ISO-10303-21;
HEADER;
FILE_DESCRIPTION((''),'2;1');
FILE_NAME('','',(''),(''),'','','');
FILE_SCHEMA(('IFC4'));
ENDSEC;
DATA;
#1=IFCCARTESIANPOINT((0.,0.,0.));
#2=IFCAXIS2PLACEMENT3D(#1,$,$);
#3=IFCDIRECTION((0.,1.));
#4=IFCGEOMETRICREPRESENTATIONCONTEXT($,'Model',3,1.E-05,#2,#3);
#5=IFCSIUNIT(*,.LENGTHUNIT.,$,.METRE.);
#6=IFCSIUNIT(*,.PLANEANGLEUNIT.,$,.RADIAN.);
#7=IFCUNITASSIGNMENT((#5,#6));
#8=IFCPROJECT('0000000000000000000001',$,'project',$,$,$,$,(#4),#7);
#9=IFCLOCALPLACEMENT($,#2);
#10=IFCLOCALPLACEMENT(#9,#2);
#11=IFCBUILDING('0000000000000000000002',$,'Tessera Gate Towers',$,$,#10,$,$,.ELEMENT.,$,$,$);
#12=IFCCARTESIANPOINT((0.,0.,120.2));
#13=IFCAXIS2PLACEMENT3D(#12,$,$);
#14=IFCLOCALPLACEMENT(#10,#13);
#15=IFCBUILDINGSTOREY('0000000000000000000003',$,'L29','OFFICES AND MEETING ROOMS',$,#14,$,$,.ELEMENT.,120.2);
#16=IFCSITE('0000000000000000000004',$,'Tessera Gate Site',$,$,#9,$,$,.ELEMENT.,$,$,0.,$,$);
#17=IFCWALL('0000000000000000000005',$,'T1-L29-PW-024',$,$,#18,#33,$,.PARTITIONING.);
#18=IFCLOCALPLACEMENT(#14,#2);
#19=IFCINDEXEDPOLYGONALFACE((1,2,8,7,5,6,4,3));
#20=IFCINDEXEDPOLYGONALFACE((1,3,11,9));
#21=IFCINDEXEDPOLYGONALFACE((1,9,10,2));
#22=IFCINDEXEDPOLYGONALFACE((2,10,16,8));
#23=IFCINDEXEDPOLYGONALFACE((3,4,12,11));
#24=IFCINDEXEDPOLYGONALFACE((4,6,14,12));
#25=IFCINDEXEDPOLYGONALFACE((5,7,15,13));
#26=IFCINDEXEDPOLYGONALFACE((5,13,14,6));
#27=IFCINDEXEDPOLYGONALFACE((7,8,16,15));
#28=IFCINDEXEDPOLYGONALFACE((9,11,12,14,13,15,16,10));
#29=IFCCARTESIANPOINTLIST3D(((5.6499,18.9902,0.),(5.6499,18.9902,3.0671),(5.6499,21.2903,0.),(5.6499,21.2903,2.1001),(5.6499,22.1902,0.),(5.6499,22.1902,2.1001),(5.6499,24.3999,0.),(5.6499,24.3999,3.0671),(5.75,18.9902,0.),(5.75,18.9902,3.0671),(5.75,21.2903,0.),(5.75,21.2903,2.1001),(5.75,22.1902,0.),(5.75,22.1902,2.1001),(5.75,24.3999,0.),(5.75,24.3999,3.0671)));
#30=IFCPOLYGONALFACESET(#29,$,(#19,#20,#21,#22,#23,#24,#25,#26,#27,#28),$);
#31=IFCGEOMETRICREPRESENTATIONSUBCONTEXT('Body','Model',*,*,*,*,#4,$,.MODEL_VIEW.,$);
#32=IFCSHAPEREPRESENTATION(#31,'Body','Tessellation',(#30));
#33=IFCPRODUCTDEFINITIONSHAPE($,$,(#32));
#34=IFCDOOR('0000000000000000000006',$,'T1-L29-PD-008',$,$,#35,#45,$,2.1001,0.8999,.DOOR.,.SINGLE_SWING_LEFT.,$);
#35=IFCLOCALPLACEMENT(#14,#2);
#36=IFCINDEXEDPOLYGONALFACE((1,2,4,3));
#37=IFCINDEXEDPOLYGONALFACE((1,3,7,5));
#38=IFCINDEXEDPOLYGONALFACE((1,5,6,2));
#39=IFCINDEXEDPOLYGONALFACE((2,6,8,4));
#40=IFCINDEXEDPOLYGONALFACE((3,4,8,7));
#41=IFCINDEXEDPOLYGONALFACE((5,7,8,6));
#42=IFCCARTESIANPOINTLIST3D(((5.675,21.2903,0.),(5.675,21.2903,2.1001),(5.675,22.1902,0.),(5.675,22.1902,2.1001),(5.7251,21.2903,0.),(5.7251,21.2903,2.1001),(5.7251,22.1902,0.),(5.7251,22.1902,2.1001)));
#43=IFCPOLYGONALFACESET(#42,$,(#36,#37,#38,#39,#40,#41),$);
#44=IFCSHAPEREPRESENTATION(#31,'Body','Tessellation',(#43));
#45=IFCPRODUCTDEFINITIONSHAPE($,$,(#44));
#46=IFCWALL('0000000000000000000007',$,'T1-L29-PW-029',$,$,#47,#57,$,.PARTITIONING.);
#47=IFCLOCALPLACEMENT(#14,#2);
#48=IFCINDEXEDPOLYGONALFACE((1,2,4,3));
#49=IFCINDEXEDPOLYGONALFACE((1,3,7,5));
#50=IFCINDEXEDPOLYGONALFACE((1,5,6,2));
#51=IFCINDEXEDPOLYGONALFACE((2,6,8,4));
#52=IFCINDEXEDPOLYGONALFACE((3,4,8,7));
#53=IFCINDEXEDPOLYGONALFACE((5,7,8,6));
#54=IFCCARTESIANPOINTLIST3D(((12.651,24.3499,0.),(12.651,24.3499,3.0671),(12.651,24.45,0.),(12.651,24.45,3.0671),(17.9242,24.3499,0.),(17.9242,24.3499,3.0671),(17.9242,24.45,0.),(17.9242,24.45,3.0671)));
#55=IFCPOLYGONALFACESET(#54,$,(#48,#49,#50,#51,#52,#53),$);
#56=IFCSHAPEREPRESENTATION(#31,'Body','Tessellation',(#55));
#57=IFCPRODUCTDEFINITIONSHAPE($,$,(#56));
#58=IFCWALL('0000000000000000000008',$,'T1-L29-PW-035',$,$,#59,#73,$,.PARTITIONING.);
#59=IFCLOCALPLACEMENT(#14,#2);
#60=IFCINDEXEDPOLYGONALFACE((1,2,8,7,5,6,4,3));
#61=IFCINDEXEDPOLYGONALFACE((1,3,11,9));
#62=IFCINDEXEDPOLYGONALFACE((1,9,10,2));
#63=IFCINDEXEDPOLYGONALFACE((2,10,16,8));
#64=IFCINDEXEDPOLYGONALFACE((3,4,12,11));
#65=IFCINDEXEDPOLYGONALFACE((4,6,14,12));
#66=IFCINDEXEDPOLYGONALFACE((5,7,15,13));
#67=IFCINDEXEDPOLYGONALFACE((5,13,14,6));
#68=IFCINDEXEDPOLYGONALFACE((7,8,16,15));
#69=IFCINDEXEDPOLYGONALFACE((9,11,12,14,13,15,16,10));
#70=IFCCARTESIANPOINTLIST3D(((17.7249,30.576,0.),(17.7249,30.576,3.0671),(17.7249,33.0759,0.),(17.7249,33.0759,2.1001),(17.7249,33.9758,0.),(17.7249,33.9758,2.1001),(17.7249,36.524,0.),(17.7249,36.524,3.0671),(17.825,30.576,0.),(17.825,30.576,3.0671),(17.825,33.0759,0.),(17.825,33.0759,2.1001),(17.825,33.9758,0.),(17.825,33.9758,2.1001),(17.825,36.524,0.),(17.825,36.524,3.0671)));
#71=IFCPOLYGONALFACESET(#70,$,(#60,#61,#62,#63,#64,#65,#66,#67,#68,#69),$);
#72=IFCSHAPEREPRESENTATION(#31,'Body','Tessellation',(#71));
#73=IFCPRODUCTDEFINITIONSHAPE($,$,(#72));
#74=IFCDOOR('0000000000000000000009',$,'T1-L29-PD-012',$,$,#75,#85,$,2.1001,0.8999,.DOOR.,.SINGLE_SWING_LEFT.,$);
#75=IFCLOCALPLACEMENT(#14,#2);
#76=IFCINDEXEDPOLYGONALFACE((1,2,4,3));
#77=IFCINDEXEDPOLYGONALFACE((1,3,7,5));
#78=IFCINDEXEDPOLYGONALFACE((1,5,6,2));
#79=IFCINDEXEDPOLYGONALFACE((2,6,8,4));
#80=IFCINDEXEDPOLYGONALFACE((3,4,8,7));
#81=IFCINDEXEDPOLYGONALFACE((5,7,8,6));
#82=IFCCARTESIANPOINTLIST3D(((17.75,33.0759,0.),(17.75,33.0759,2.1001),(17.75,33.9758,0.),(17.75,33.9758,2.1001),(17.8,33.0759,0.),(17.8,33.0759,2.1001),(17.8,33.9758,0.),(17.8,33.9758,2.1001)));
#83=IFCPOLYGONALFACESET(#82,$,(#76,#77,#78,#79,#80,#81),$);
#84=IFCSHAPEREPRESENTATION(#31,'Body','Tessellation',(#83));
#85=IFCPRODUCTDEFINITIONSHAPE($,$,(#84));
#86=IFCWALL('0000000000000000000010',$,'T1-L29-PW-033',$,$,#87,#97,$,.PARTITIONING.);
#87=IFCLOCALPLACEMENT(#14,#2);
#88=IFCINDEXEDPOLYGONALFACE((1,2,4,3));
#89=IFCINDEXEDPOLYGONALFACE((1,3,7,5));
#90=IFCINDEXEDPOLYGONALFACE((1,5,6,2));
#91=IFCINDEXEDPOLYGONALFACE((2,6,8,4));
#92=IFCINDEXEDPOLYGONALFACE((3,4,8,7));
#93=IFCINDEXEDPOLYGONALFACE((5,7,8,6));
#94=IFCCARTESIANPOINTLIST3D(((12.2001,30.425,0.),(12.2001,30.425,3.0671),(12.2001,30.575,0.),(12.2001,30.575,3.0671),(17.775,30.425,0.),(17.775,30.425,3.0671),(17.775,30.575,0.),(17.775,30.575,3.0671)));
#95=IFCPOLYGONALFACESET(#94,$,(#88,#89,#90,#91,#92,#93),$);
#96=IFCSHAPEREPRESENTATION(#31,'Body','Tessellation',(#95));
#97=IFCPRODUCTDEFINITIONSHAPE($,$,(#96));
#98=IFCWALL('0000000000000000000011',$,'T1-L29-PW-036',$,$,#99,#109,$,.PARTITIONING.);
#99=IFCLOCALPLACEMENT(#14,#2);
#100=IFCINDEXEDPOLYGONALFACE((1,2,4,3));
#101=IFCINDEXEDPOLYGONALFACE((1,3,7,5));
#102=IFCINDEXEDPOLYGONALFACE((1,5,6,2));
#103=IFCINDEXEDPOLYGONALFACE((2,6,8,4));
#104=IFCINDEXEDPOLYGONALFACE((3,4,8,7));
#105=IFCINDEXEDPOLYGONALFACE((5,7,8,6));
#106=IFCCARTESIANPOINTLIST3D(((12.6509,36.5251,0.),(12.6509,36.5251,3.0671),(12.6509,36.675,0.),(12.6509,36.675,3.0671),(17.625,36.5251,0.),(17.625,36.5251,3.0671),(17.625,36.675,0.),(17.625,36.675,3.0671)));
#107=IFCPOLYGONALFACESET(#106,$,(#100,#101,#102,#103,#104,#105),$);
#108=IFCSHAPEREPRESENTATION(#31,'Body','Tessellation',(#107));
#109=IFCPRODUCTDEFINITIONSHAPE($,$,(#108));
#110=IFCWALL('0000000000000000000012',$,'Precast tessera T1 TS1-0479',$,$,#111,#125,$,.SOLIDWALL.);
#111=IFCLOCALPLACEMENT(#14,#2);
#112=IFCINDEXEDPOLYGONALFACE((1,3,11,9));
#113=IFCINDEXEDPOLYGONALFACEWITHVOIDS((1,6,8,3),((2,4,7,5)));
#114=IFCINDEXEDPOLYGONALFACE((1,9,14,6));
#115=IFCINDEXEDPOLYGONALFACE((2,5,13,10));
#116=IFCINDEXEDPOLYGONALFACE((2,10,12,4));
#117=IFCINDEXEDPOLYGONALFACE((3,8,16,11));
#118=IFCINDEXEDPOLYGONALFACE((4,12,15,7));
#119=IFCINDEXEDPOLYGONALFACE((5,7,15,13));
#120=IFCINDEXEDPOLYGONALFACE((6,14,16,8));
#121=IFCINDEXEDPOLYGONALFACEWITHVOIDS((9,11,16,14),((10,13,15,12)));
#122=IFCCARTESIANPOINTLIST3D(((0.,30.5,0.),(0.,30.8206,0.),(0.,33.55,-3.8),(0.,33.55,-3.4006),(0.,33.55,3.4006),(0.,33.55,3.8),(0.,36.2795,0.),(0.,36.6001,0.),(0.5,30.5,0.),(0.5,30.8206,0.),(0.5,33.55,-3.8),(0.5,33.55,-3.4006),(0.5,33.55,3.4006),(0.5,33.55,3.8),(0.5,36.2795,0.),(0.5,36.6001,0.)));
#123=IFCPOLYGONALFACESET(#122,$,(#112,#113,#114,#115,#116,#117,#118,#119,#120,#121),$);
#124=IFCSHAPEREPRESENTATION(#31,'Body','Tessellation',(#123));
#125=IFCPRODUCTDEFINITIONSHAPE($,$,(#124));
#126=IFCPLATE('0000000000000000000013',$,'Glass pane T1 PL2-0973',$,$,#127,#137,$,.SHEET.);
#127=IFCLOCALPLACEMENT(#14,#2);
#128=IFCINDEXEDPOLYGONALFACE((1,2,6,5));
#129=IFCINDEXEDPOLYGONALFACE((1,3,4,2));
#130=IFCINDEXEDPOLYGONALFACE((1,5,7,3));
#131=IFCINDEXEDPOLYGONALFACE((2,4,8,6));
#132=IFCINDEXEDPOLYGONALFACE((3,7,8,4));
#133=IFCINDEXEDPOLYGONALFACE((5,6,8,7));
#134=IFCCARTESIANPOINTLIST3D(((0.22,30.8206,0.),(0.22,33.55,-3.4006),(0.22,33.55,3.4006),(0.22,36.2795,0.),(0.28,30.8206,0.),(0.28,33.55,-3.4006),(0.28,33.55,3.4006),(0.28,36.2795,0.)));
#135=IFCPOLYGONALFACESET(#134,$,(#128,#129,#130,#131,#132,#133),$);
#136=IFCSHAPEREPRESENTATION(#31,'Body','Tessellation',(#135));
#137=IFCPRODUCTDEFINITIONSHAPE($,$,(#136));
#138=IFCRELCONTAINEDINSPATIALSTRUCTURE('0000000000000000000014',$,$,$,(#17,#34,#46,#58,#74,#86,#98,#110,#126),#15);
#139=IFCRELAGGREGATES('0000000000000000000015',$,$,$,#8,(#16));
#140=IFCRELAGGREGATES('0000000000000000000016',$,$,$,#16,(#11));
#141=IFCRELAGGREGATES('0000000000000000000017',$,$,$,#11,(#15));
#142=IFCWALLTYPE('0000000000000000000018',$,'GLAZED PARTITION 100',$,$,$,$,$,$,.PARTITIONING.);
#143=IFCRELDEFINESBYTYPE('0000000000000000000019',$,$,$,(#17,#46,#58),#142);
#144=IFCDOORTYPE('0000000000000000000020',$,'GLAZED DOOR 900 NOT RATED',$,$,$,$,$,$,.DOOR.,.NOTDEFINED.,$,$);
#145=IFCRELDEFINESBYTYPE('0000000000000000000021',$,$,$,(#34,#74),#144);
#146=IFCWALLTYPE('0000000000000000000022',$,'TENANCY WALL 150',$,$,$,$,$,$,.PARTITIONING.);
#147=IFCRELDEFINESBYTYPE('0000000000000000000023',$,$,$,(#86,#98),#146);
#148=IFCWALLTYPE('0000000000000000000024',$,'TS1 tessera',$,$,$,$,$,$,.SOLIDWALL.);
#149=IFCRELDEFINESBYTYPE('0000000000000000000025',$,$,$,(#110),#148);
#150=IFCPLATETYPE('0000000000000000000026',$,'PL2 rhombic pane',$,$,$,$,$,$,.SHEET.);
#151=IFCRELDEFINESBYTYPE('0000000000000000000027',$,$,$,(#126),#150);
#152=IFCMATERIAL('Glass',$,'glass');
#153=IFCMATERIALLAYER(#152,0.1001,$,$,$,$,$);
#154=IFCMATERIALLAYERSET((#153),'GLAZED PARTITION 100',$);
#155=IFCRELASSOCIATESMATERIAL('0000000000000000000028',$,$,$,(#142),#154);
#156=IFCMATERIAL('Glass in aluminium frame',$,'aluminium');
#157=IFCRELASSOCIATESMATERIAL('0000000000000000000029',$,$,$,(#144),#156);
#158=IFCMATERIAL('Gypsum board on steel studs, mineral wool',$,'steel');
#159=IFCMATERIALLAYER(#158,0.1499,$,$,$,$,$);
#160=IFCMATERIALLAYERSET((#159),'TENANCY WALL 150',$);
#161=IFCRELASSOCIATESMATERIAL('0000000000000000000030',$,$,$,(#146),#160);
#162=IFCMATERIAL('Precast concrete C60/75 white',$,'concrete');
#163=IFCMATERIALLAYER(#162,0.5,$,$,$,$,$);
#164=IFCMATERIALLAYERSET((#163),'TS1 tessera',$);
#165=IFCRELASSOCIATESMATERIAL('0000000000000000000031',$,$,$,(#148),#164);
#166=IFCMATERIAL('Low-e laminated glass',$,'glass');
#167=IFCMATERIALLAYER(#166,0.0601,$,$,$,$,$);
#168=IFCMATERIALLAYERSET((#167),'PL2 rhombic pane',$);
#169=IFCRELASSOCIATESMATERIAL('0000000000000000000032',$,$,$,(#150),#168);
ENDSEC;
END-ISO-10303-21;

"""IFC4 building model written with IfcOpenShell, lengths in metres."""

from ifc_helpers import new_model, si_unit, direction, frame, frame_2d, origin, place, context, subcontext, project, spatial, polyline, rectangle, outline, extrude, source, transform, mapped, material, layer, layer_set, type_object, element, fill, save


model = new_model("IFC4")

# Units and contexts
model_context = context("Model", 3, precision=1e-05, world=origin(), true_north=direction((0.0, 1.0)))
body_context = subcontext(model_context, "Body", "Model", "MODEL_VIEW")
ifc_project = project(units=[si_unit("LENGTHUNIT", "METRE"), si_unit("PLANEANGLEUNIT", "RADIAN")], contexts=[model_context])

# Site, building, storey
site_placement = place(None, origin())
site = spatial("IfcSite", under=ifc_project, at=site_placement, Name="Tessera Gate Site", CompositionType="ELEMENT", RefElevation=0.0)
building_placement = place(site_placement, origin())
building = spatial("IfcBuilding", under=site, at=building_placement, Name="Tessera Gate Towers", CompositionType="ELEMENT")
storey_placement = place(building_placement, frame((0.0, 0.0, 120.2)))
storey = spatial("IfcBuildingStorey", under=building, at=storey_placement, Name="L29", Description="OFFICES AND MEETING ROOMS", CompositionType="ELEMENT", Elevation=120.2)

# Wall, opening, door
ifc_material_1 = material(Name="Glass", Category="glass")
ifc_layer_1 = layer(ifc_material_1, 0.1001)
ifc_layer_set_1 = layer_set([ifc_layer_1], Name="GLAZED PARTITION 100")
wall_type_1 = type_object("IfcWallType", Name="GLAZED PARTITION 100", PredefinedType="PARTITIONING", material=ifc_layer_set_1)
wall_1_placement = place(storey_placement, frame((5.7, 18.9902, 0.0), z_axis=(0.0, 0.0, 1.0), x_axis=(0.0, 1.0, 0.0)))
wall_1 = element("IfcWall", 1, at=wall_1_placement, inside=storey, type_object=wall_type_1, Name="T1-L29-PW-024", PredefinedType="PARTITIONING", context=body_context, shape_type="SweptSolid", body=[
    extrude(rectangle(XDim=5.4097, YDim=0.1001, at=frame_2d((2.7048, 0.0))), origin(), (0.0, 0.0, 1.0), 3.0671),
])
shared_shape_1 = source(origin(), body_context, "Body", "SweptSolid", [
    extrude(rectangle(XDim=0.8999, YDim=2.1001, at=frame_2d((0.45, 1.05))), frame((0.0, 0.0601, 0.0), z_axis=(0.0, -1.0, 0.0), x_axis=(1.0, 0.0, 0.0)), (0.0, 0.0, 1.0), 0.1201),
])
opening_1_placement = place(wall_1_placement, frame((2.3, 0.0, 0.0)))
opening_1 = element("IfcOpeningElement", 2, at=opening_1_placement, cuts=wall_1, PredefinedType="OPENING", context=body_context, shape_type="MappedRepresentation", body=[
    mapped(shared_shape_1, transform((0.0, 0.0, 0.0), scale=1.0)),
])
ifc_material_2 = material(Name="Glass in aluminium frame", Category="aluminium")
door_type = type_object("IfcDoorType", Name="GLAZED DOOR 900 NOT RATED", OperationType="NOTDEFINED", PredefinedType="DOOR", material=ifc_material_2)
shared_shape_2 = source(origin(), body_context, "Body", "SweptSolid", [
    extrude(rectangle(XDim=0.8999, YDim=2.1001, at=frame_2d((0.45, 1.05))), frame((0.0, 0.0249, 0.0), z_axis=(0.0, -1.0, 0.0), x_axis=(1.0, 0.0, 0.0)), (0.0, 0.0, 1.0), 0.05),
])
door_1_placement = place(opening_1_placement, origin())
door_1 = element("IfcDoor", 3, at=door_1_placement, inside=storey, type_object=door_type, Name="T1-L29-PD-008", OperationType="SINGLE_SWING_LEFT", OverallHeight=2.1001, OverallWidth=0.8999, PredefinedType="DOOR", context=body_context, shape_type="MappedRepresentation", body=[
    mapped(shared_shape_2, transform((0.0, 0.0, 0.0), scale=1.0)),
])
fill(opening_1, door_1)

# Wall
wall_2_placement = place(storey_placement, frame((12.6509, 24.3999, 0.0), z_axis=(0.0, 0.0, 1.0), x_axis=(1.0, 0.0, 0.0)))
element("IfcWall", 4, at=wall_2_placement, inside=storey, type_object=wall_type_1, Name="T1-L29-PW-029", PredefinedType="PARTITIONING", context=body_context, shape_type="SweptSolid", body=[
    extrude(rectangle(XDim=5.2732, YDim=0.1001, at=frame_2d((2.6367, 0.0))), origin(), (0.0, 0.0, 1.0), 3.0671),
])

# Wall, opening, door
wall_3_placement = place(storey_placement, frame((17.7749, 30.5759, 0.0), z_axis=(0.0, 0.0, 1.0), x_axis=(0.0, 1.0, 0.0)))
wall_3 = element("IfcWall", 5, at=wall_3_placement, inside=storey, type_object=wall_type_1, Name="T1-L29-PW-035", PredefinedType="PARTITIONING", context=body_context, shape_type="SweptSolid", body=[
    extrude(rectangle(XDim=5.948, YDim=0.1001, at=frame_2d((2.9741, 0.0))), origin(), (0.0, 0.0, 1.0), 3.0671),
])
opening_2_placement = place(wall_3_placement, frame((2.5, 0.0, 0.0)))
opening_2 = element("IfcOpeningElement", 6, at=opening_2_placement, cuts=wall_3, PredefinedType="OPENING", context=body_context, shape_type="MappedRepresentation", body=[
    mapped(shared_shape_1, transform((0.0, 0.0, 0.0), scale=1.0)),
])
door_2_placement = place(opening_2_placement, origin())
door_2 = element("IfcDoor", 7, at=door_2_placement, inside=storey, type_object=door_type, Name="T1-L29-PD-012", OperationType="SINGLE_SWING_LEFT", OverallHeight=2.1001, OverallWidth=0.8999, PredefinedType="DOOR", context=body_context, shape_type="MappedRepresentation", body=[
    mapped(shared_shape_2, transform((0.0, 0.0, 0.0), scale=1.0)),
])
fill(opening_2, door_2)

# Walls
ifc_material_3 = material(Name="Gypsum board on steel studs, mineral wool", Category="steel")
ifc_layer_2 = layer(ifc_material_3, 0.1499)
ifc_layer_set_2 = layer_set([ifc_layer_2], Name="TENANCY WALL 150")
wall_type_2 = type_object("IfcWallType", Name="TENANCY WALL 150", PredefinedType="PARTITIONING", material=ifc_layer_set_2)
wall_4_placement = place(storey_placement, frame((12.2, 30.5, 0.0), z_axis=(0.0, 0.0, 1.0), x_axis=(1.0, 0.0, 0.0)))
element("IfcWall", 8, at=wall_4_placement, inside=storey, type_object=wall_type_2, Name="T1-L29-PW-033", PredefinedType="PARTITIONING", context=body_context, shape_type="SweptSolid", body=[
    extrude(rectangle(XDim=5.575, YDim=0.1499, at=frame_2d((2.7876, 0.0))), origin(), (0.0, 0.0, 1.0), 3.0671),
])
wall_5_placement = place(storey_placement, frame((12.6509, 36.6001, 0.0), z_axis=(0.0, 0.0, 1.0), x_axis=(1.0, 0.0, 0.0)))
element("IfcWall", 9, at=wall_5_placement, inside=storey, type_object=wall_type_2, Name="T1-L29-PW-036", PredefinedType="PARTITIONING", context=body_context, shape_type="SweptSolid", body=[
    extrude(rectangle(XDim=4.9741, YDim=0.1499, at=frame_2d((2.4871, 0.0))), origin(), (0.0, 0.0, 1.0), 3.0671),
])

# Wall, opening, plate
ifc_material_4 = material(Name="Precast concrete C60/75 white", Category="concrete")
ifc_layer_3 = layer(ifc_material_4, 0.5)
ifc_layer_set_3 = layer_set([ifc_layer_3], Name="TS1 tessera")
wall_type_3 = type_object("IfcWallType", Name="TS1 tessera", PredefinedType="SOLIDWALL", material=ifc_layer_set_3)
shared_shape_3 = source(origin(), body_context, "Body", "SweptSolid", [
    extrude(outline(polyline([(3.05, 0.0), (6.1001, 3.8), (3.05, 7.6001), (0.0, 3.8), (3.05, 0.0)])), frame((0.0, 0.25, 0.0), z_axis=(0.0, -1.0, 0.0), x_axis=(1.0, 0.0, 0.0)), (0.0, 0.0, 1.0), 0.5),
])
wall_6_placement = place(storey_placement, frame((0.25, 36.6001, -3.8), z_axis=(0.0, 0.0, 1.0), x_axis=(0.0, -1.0, 0.0)))
wall_6 = element("IfcWall", 10, at=wall_6_placement, inside=storey, type_object=wall_type_3, Name="Precast tessera T1 TS1-0479", PredefinedType="SOLIDWALL", context=body_context, shape_type="MappedRepresentation", body=[
    mapped(shared_shape_3, transform((0.0, 0.0, 0.0), scale=1.0)),
])
shared_shape_4 = source(origin(), body_context, "Body", "SweptSolid", [
    extrude(outline(polyline([(3.05, 0.3994), (5.7795, 3.8), (3.05, 7.2007), (0.3206, 3.8), (3.05, 0.3994)])), frame((0.0, 0.26, 0.0), z_axis=(0.0, -1.0, 0.0), x_axis=(1.0, 0.0, 0.0)), (0.0, 0.0, 1.0), 0.52),
])
opening_3_placement = place(wall_6_placement, origin())
opening_3 = element("IfcOpeningElement", 11, at=opening_3_placement, cuts=wall_6, PredefinedType="OPENING", context=body_context, shape_type="MappedRepresentation", body=[
    mapped(shared_shape_4, transform((0.0, 0.0, 0.0), scale=1.0)),
])
ifc_material_5 = material(Name="Low-e laminated glass", Category="glass")
ifc_layer_4 = layer(ifc_material_5, 0.0601)
ifc_layer_set_4 = layer_set([ifc_layer_4], Name="PL2 rhombic pane")
plate_type = type_object("IfcPlateType", Name="PL2 rhombic pane", PredefinedType="SHEET", material=ifc_layer_set_4)
shared_shape_5 = source(origin(), body_context, "Body", "SweptSolid", [
    extrude(outline(polyline([(3.05, 0.3994), (5.7795, 3.8), (3.05, 7.2007), (0.3206, 3.8), (3.05, 0.3994)])), frame((0.0, 0.03, 0.0), z_axis=(0.0, -1.0, 0.0), x_axis=(1.0, 0.0, 0.0)), (0.0, 0.0, 1.0), 0.0601),
])
plate_placement = place(opening_3_placement, origin())
plate = element("IfcPlate", 12, at=plate_placement, inside=storey, type_object=plate_type, Name="Glass pane T1 PL2-0973", PredefinedType="SHEET", context=body_context, shape_type="MappedRepresentation", body=[
    mapped(shared_shape_5, transform((0.0, 0.0, 0.0), scale=1.0)),
])
fill(opening_3, plate)

save(model, "model.ifc")
